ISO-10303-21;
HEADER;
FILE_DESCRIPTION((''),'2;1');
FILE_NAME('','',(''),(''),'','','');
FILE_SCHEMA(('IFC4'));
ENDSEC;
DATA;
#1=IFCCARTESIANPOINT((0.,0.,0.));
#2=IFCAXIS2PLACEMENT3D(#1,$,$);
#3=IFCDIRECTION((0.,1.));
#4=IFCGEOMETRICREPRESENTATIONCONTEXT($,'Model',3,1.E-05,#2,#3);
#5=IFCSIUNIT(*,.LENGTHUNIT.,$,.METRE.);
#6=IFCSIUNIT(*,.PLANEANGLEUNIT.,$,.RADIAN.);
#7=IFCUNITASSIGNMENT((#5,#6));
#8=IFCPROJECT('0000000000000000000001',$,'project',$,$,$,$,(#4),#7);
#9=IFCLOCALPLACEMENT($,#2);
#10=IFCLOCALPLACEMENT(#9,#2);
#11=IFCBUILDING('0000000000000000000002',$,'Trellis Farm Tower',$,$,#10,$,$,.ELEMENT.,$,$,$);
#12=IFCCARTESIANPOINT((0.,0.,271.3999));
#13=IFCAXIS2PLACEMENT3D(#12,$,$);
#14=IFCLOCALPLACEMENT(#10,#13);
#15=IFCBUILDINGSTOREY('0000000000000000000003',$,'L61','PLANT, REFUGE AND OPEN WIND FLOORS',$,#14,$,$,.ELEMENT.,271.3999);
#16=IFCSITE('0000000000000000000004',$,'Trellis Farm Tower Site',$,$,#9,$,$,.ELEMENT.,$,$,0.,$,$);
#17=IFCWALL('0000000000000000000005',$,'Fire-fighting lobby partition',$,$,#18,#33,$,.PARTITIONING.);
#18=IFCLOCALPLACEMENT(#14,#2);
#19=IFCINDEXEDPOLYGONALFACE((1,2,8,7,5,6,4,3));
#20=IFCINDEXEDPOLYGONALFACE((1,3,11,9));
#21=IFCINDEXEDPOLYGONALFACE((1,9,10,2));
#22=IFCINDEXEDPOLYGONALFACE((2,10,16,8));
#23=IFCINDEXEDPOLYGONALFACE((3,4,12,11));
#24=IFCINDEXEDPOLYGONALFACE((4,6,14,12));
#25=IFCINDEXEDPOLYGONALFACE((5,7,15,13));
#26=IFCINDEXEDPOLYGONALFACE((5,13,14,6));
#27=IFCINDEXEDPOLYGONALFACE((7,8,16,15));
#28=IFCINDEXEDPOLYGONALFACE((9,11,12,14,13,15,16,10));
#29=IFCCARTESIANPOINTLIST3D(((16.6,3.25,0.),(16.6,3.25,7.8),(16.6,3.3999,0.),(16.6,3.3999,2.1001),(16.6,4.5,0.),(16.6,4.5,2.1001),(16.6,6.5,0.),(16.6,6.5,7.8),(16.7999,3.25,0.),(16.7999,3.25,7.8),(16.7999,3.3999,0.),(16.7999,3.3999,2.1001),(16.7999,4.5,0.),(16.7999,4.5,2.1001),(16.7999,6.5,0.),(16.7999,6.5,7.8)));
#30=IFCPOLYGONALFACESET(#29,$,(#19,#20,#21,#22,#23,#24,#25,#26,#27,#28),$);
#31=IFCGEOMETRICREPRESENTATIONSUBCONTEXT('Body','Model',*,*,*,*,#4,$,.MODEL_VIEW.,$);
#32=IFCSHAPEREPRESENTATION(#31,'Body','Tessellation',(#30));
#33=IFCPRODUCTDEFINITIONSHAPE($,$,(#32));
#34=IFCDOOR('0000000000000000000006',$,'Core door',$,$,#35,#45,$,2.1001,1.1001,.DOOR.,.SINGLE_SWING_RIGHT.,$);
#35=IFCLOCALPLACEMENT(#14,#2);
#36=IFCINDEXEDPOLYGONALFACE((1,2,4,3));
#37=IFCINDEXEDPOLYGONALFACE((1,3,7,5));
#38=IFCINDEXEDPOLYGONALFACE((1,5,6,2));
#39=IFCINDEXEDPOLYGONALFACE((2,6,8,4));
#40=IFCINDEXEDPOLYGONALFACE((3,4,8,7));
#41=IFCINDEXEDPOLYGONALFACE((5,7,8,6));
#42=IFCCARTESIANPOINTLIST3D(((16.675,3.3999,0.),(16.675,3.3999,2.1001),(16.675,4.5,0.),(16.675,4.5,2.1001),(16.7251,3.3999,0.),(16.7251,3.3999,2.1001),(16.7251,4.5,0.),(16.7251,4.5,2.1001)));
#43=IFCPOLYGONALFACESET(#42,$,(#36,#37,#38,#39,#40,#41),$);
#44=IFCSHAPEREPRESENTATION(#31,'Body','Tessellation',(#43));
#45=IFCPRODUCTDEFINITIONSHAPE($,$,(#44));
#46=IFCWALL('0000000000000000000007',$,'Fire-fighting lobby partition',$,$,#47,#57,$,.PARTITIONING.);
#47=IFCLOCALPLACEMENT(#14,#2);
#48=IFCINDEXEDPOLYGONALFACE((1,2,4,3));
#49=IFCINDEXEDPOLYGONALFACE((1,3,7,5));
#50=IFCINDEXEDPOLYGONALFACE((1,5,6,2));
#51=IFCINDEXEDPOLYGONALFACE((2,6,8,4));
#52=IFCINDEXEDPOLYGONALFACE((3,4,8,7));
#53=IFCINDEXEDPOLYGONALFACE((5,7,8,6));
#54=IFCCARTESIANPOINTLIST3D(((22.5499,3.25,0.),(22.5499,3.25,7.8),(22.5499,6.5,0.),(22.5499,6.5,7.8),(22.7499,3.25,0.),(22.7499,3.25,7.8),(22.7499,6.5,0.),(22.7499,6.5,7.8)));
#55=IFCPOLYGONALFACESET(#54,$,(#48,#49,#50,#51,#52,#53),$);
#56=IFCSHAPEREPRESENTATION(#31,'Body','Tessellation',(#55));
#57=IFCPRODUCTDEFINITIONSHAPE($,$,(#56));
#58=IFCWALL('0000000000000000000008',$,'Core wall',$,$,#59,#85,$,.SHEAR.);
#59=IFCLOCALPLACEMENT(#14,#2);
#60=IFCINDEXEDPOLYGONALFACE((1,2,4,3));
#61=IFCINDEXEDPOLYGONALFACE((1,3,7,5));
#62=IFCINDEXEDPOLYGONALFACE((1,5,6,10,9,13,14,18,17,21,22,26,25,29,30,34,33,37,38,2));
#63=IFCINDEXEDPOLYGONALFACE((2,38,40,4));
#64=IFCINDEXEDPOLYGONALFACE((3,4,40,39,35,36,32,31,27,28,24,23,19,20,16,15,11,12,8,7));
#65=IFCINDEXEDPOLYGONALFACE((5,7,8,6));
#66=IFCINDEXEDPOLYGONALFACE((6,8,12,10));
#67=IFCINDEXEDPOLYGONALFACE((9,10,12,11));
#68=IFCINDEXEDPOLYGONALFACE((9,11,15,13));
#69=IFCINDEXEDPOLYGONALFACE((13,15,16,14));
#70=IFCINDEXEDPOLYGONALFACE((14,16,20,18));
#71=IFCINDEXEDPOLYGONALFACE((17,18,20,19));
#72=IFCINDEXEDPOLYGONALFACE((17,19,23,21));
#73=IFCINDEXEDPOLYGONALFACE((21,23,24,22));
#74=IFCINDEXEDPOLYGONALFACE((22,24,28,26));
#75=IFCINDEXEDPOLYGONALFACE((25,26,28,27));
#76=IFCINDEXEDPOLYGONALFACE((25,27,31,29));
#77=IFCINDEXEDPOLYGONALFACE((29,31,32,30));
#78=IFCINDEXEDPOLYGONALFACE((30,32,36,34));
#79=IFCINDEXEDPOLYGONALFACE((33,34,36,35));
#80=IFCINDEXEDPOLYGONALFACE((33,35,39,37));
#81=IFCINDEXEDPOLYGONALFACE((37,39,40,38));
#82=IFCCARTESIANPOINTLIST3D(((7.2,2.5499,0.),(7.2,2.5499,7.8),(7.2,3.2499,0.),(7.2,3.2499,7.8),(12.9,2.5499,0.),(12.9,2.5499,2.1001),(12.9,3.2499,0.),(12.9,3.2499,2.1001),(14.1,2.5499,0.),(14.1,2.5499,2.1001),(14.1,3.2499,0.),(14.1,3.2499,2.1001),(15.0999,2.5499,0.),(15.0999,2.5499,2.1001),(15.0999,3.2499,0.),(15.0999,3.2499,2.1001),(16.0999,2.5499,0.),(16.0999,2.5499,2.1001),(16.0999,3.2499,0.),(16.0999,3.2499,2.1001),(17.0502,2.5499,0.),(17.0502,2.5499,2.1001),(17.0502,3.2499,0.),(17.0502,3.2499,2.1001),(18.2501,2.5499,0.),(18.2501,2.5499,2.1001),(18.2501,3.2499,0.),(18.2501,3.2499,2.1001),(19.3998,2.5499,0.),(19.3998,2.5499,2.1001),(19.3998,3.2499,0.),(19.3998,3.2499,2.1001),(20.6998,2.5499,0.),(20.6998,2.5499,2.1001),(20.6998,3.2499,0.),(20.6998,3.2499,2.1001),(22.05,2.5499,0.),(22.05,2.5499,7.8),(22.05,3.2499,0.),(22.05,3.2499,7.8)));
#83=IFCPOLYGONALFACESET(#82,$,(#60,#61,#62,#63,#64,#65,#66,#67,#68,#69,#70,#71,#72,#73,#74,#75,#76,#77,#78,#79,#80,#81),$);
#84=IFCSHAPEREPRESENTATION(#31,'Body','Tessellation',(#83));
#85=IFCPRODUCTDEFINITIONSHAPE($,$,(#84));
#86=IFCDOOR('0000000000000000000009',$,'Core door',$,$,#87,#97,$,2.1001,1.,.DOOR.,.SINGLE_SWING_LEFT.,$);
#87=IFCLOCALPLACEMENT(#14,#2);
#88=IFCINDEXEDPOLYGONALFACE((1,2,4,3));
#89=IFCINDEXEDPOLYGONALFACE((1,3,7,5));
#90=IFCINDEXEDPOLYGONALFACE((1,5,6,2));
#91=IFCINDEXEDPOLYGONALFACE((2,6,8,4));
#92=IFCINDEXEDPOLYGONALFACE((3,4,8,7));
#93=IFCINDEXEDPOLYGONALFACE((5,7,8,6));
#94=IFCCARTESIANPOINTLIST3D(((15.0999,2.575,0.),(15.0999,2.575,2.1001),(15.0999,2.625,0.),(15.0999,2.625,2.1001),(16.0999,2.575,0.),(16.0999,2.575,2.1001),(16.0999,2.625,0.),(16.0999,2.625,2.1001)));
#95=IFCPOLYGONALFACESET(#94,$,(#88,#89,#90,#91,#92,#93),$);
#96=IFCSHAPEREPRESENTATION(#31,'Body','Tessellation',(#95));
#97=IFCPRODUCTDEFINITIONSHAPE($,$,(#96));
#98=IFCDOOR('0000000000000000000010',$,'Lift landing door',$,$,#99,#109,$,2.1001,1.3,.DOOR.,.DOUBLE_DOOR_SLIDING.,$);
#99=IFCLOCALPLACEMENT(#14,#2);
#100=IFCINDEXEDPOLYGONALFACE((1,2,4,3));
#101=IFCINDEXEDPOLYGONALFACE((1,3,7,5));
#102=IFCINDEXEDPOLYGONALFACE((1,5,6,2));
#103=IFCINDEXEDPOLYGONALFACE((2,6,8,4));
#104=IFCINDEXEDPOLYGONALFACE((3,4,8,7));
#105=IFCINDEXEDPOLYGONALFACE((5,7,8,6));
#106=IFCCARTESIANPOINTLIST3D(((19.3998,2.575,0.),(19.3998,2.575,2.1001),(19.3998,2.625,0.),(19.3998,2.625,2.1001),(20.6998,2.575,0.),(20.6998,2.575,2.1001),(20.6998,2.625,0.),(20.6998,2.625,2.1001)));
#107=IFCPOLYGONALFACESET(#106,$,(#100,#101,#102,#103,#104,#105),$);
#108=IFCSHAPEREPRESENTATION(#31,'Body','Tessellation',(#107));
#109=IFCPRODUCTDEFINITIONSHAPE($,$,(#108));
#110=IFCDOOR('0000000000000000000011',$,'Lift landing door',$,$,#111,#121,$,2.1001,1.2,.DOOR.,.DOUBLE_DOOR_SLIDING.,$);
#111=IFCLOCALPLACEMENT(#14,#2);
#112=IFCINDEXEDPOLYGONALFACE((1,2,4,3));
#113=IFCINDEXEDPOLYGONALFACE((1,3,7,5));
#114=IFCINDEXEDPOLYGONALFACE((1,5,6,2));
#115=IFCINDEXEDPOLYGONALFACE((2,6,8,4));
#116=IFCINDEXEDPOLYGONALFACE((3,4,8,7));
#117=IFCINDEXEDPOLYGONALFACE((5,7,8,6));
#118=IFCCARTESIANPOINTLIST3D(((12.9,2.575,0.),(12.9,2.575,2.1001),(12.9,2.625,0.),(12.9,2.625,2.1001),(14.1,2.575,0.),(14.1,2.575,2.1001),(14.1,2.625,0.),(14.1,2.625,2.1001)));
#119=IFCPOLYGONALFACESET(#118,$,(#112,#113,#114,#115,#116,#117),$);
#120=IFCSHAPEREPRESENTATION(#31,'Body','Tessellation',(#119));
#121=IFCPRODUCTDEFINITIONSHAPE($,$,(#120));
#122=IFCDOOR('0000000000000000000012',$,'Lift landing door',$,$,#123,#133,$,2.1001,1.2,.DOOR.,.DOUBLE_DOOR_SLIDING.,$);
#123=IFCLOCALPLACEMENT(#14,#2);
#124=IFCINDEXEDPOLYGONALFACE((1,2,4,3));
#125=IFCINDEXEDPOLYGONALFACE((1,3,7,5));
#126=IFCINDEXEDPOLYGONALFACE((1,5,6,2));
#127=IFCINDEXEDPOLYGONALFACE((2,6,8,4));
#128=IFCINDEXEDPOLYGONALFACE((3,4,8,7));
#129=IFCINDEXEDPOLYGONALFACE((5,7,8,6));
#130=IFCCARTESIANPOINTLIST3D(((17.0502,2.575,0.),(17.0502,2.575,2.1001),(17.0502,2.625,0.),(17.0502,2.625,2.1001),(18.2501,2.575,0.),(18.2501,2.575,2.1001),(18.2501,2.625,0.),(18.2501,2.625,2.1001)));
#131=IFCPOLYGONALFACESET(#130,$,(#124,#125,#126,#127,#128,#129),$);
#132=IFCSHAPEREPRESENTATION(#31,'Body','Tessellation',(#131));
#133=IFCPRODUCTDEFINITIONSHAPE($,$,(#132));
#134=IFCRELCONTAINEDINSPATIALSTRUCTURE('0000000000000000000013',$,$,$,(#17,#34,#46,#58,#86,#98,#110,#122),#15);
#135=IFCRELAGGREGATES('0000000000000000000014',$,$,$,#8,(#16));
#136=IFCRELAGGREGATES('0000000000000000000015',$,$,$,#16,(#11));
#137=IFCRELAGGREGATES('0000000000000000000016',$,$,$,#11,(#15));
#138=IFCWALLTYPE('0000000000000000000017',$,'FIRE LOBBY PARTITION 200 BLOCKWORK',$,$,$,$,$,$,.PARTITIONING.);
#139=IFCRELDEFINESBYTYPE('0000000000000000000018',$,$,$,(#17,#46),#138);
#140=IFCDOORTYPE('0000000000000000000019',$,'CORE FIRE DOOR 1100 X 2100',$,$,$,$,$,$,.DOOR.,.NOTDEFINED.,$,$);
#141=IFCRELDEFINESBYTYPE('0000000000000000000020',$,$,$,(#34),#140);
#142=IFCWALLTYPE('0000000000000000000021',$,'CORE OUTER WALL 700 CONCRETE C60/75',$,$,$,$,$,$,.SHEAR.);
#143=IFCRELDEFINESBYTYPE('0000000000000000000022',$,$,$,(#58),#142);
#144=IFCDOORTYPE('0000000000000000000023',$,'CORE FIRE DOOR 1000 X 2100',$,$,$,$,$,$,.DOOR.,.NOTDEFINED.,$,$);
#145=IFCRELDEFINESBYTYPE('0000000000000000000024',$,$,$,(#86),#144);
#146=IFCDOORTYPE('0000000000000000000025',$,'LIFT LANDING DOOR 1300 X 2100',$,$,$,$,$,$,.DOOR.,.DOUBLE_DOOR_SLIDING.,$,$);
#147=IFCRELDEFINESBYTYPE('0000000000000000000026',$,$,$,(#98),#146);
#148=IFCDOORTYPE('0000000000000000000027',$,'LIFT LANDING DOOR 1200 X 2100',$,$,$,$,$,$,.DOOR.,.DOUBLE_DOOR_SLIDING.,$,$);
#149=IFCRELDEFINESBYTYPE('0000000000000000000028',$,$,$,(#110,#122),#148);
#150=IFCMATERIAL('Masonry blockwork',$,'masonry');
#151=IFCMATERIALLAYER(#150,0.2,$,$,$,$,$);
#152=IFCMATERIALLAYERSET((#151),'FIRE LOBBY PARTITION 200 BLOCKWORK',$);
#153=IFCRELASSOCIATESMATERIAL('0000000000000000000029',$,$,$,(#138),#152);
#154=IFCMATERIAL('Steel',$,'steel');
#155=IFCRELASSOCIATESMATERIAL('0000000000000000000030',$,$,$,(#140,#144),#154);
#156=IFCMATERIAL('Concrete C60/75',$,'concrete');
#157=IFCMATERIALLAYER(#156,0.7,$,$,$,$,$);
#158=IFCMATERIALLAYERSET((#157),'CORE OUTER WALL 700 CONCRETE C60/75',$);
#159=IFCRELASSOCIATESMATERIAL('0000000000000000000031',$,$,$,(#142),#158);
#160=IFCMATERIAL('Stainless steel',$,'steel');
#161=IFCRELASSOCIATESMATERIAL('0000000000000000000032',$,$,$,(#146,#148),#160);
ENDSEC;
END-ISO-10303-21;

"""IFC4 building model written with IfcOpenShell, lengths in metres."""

from ifc_helpers import new_model, si_unit, direction, frame, frame_2d, origin, place, context, subcontext, project, spatial, rectangle, extrude, source, transform, mapped, material, layer, layer_set, type_object, element, fill, save


model = new_model("IFC4")

# Units and contexts
model_context = context("Model", 3, precision=1e-05, world=origin(), true_north=direction((0.0, 1.0)))
body_context = subcontext(model_context, "Body", "Model", "MODEL_VIEW")
ifc_project = project(units=[si_unit("LENGTHUNIT", "METRE"), si_unit("PLANEANGLEUNIT", "RADIAN")], contexts=[model_context])

# Site, building, storey
site_placement = place(None, origin())
site = spatial("IfcSite", under=ifc_project, at=site_placement, Name="Trellis Farm Tower Site", CompositionType="ELEMENT", RefElevation=0.0)
building_placement = place(site_placement, origin())
building = spatial("IfcBuilding", under=site, at=building_placement, Name="Trellis Farm Tower", CompositionType="ELEMENT")
storey_placement = place(building_placement, frame((0.0, 0.0, 271.3999)))
storey = spatial("IfcBuildingStorey", under=building, at=storey_placement, Name="L61", Description="PLANT, REFUGE AND OPEN WIND FLOORS", CompositionType="ELEMENT", Elevation=271.3999)

# Shared definitions
ifc_material_1 = material(Name="Concrete C60/75", Category="concrete")

# Wall, opening, door
ifc_material_2 = material(Name="Masonry blockwork", Category="masonry")
ifc_layer_1 = layer(ifc_material_2, 0.2)
ifc_layer_set_1 = layer_set([ifc_layer_1], Name="FIRE LOBBY PARTITION 200 BLOCKWORK")
wall_type_1 = type_object("IfcWallType", Name="FIRE LOBBY PARTITION 200 BLOCKWORK", PredefinedType="PARTITIONING", material=ifc_layer_set_1)
shared_shape_1 = source(origin(), body_context, "Body", "SweptSolid", [
    extrude(rectangle(XDim=3.25, YDim=0.2, at=frame_2d((1.625, 0.0))), origin(), (0.0, 0.0, 1.0), 7.8),
])
wall_1_placement = place(storey_placement, frame((16.7, 3.25, 0.0), z_axis=(0.0, 0.0, 1.0), x_axis=(0.0, 1.0, 0.0)))
wall_1 = element("IfcWall", 1, at=wall_1_placement, inside=storey, type_object=wall_type_1, Name="Fire-fighting lobby partition", PredefinedType="PARTITIONING", context=body_context, shape_type="MappedRepresentation", body=[
    mapped(shared_shape_1, transform((0.0, 0.0, 0.0))),
])
shared_shape_2 = source(origin(), body_context, "Body", "SweptSolid", [
    extrude(rectangle(XDim=1.1001, YDim=2.1001, at=frame_2d((0.55, 1.05))), frame((0.0, 0.1101, 0.0), z_axis=(0.0, -1.0, 0.0), x_axis=(1.0, 0.0, 0.0)), (0.0, 0.0, 1.0), 0.2202),
])
opening_1_placement = place(wall_1_placement, frame((0.1499, 0.0, 0.0)))
opening_1 = element("IfcOpeningElement", 2, at=opening_1_placement, cuts=wall_1, PredefinedType="OPENING", context=body_context, shape_type="MappedRepresentation", body=[
    mapped(shared_shape_2, transform((0.0, 0.0, 0.0))),
])
ifc_material_3 = material(Name="Steel", Category="steel")
door_type_1 = type_object("IfcDoorType", Name="CORE FIRE DOOR 1100 X 2100", OperationType="NOTDEFINED", PredefinedType="DOOR", material=ifc_material_3)
shared_shape_3 = source(origin(), body_context, "Body", "SweptSolid", [
    extrude(rectangle(XDim=1.1001, YDim=2.1001, at=frame_2d((0.55, 1.05))), frame((0.0, 0.0249, 0.0), z_axis=(0.0, -1.0, 0.0), x_axis=(1.0, 0.0, 0.0)), (0.0, 0.0, 1.0), 0.05),
])
door_1_placement = place(opening_1_placement, origin())
door_1 = element("IfcDoor", 3, at=door_1_placement, inside=storey, type_object=door_type_1, Name="Core door", OperationType="SINGLE_SWING_RIGHT", OverallHeight=2.1001, OverallWidth=1.1001, PredefinedType="DOOR", context=body_context, shape_type="MappedRepresentation", body=[
    mapped(shared_shape_3, transform((0.0, 0.0, 0.0))),
])
fill(opening_1, door_1)

# Wall
wall_2_placement = place(storey_placement, frame((22.6499, 3.25, 0.0), z_axis=(0.0, 0.0, 1.0), x_axis=(0.0, 1.0, 0.0)))
element("IfcWall", 4, at=wall_2_placement, inside=storey, type_object=wall_type_1, Name="Fire-fighting lobby partition", PredefinedType="PARTITIONING", context=body_context, shape_type="MappedRepresentation", body=[
    mapped(shared_shape_1, transform((0.0, 0.0, 0.0))),
])

# Wall, openings, doors
ifc_layer_2 = layer(ifc_material_1, 0.7)
ifc_layer_set_2 = layer_set([ifc_layer_2], Name="CORE OUTER WALL 700 CONCRETE C60/75")
wall_type_2 = type_object("IfcWallType", Name="CORE OUTER WALL 700 CONCRETE C60/75", PredefinedType="SHEAR", material=ifc_layer_set_2)
shared_shape_4 = source(origin(), body_context, "Body", "SweptSolid", [
    extrude(rectangle(XDim=14.8501, YDim=0.7, at=frame_2d((7.425, 0.0))), origin(), (0.0, 0.0, 1.0), 7.8),
])
wall_3_placement = place(storey_placement, frame((7.2, 2.8999, 0.0), z_axis=(0.0, 0.0, 1.0), x_axis=(1.0, 0.0, 0.0)))
wall_3 = element("IfcWall", 5, at=wall_3_placement, inside=storey, type_object=wall_type_2, Name="Core wall", PredefinedType="SHEAR", context=body_context, shape_type="MappedRepresentation", body=[
    mapped(shared_shape_4, transform((0.0, 0.0, 0.0))),
])
shared_shape_5 = source(origin(), body_context, "Body", "SweptSolid", [
    extrude(rectangle(XDim=1.2, YDim=2.1001, at=frame_2d((0.6001, 1.05))), frame((0.0, 0.3601, 0.0), z_axis=(0.0, -1.0, 0.0), x_axis=(1.0, 0.0, 0.0)), (0.0, 0.0, 1.0), 0.7202),
])
opening_2_placement = place(wall_3_placement, frame((5.7, 0.0, 0.0)))
opening_2 = element("IfcOpeningElement", 6, at=opening_2_placement, cuts=wall_3, PredefinedType="OPENING", context=body_context, shape_type="MappedRepresentation", body=[
    mapped(shared_shape_5, transform((0.0, 0.0, 0.0))),
])
shared_shape_6 = source(origin(), body_context, "Body", "SweptSolid", [
    extrude(rectangle(XDim=1.3, YDim=2.1001, at=frame_2d((0.6499, 1.05))), frame((0.0, 0.3601, 0.0), z_axis=(0.0, -1.0, 0.0), x_axis=(1.0, 0.0, 0.0)), (0.0, 0.0, 1.0), 0.7202),
])
opening_3_placement = place(wall_3_placement, frame((12.2, 0.0, 0.0)))
opening_3 = element("IfcOpeningElement", 7, at=opening_3_placement, cuts=wall_3, PredefinedType="OPENING", context=body_context, shape_type="MappedRepresentation", body=[
    mapped(shared_shape_6, transform((0.0, 0.0, 0.0))),
])
opening_4_placement = place(wall_3_placement, frame((9.8501, 0.0, 0.0)))
opening_4 = element("IfcOpeningElement", 8, at=opening_4_placement, cuts=wall_3, PredefinedType="OPENING", context=body_context, shape_type="MappedRepresentation", body=[
    mapped(shared_shape_5, transform((0.0, 0.0, 0.0))),
])
shared_shape_7 = source(origin(), body_context, "Body", "SweptSolid", [
    extrude(rectangle(XDim=1.0, YDim=2.1001, at=frame_2d((0.5, 1.05))), frame((0.0, 0.3601, 0.0), z_axis=(0.0, -1.0, 0.0), x_axis=(1.0, 0.0, 0.0)), (0.0, 0.0, 1.0), 0.7202),
])
opening_5_placement = place(wall_3_placement, frame((7.8999, 0.0, 0.0)))
opening_5 = element("IfcOpeningElement", 9, at=opening_5_placement, cuts=wall_3, PredefinedType="OPENING", context=body_context, shape_type="MappedRepresentation", body=[
    mapped(shared_shape_7, transform((0.0, 0.0, 0.0))),
])
door_type_2 = type_object("IfcDoorType", Name="CORE FIRE DOOR 1000 X 2100", OperationType="NOTDEFINED", PredefinedType="DOOR", material=ifc_material_3)
shared_shape_8 = source(origin(), body_context, "Body", "SweptSolid", [
    extrude(rectangle(XDim=1.0, YDim=2.1001, at=frame_2d((0.5, 1.05))), frame((0.0, -0.2749, 0.0), z_axis=(0.0, -1.0, 0.0), x_axis=(1.0, 0.0, 0.0)), (0.0, 0.0, 1.0), 0.05),
])
door_2_placement = place(opening_5_placement, origin())
door_2 = element("IfcDoor", 10, at=door_2_placement, inside=storey, type_object=door_type_2, Name="Core door", OperationType="SINGLE_SWING_LEFT", OverallHeight=2.1001, OverallWidth=1.0, PredefinedType="DOOR", context=body_context, shape_type="MappedRepresentation", body=[
    mapped(shared_shape_8, transform((0.0, 0.0, 0.0))),
])
fill(opening_5, door_2)
ifc_material_4 = material(Name="Stainless steel", Category="steel")
door_type_3 = type_object("IfcDoorType", Name="LIFT LANDING DOOR 1300 X 2100", OperationType="DOUBLE_DOOR_SLIDING", PredefinedType="DOOR", material=ifc_material_4)
shared_shape_9 = source(origin(), body_context, "Body", "SweptSolid", [
    extrude(rectangle(XDim=1.3, YDim=2.1001, at=frame_2d((0.6499, 1.05))), frame((0.0, -0.2749, 0.0), z_axis=(0.0, -1.0, 0.0), x_axis=(1.0, 0.0, 0.0)), (0.0, 0.0, 1.0), 0.05),
])
door_3_placement = place(opening_3_placement, origin())
door_3 = element("IfcDoor", 11, at=door_3_placement, inside=storey, type_object=door_type_3, Name="Lift landing door", OperationType="DOUBLE_DOOR_SLIDING", OverallHeight=2.1001, OverallWidth=1.3, PredefinedType="DOOR", context=body_context, shape_type="MappedRepresentation", body=[
    mapped(shared_shape_9, transform((0.0, 0.0, 0.0))),
])
fill(opening_3, door_3)
door_type_4 = type_object("IfcDoorType", Name="LIFT LANDING DOOR 1200 X 2100", OperationType="DOUBLE_DOOR_SLIDING", PredefinedType="DOOR", material=ifc_material_4)
shared_shape_10 = source(origin(), body_context, "Body", "SweptSolid", [
    extrude(rectangle(XDim=1.2, YDim=2.1001, at=frame_2d((0.6001, 1.05))), frame((0.0, -0.2749, 0.0), z_axis=(0.0, -1.0, 0.0), x_axis=(1.0, 0.0, 0.0)), (0.0, 0.0, 1.0), 0.05),
])
door_4_placement = place(opening_2_placement, origin())
door_4 = element("IfcDoor", 12, at=door_4_placement, inside=storey, type_object=door_type_4, Name="Lift landing door", OperationType="DOUBLE_DOOR_SLIDING", OverallHeight=2.1001, OverallWidth=1.2, PredefinedType="DOOR", context=body_context, shape_type="MappedRepresentation", body=[
    mapped(shared_shape_10, transform((0.0, 0.0, 0.0))),
])
fill(opening_2, door_4)
door_5_placement = place(opening_4_placement, origin())
door_5 = element("IfcDoor", 13, at=door_5_placement, inside=storey, type_object=door_type_4, Name="Lift landing door", OperationType="DOUBLE_DOOR_SLIDING", OverallHeight=2.1001, OverallWidth=1.2, PredefinedType="DOOR", context=body_context, shape_type="MappedRepresentation", body=[
    mapped(shared_shape_10, transform((0.0, 0.0, 0.0))),
])
fill(opening_4, door_5)

save(model, "model.ifc")
